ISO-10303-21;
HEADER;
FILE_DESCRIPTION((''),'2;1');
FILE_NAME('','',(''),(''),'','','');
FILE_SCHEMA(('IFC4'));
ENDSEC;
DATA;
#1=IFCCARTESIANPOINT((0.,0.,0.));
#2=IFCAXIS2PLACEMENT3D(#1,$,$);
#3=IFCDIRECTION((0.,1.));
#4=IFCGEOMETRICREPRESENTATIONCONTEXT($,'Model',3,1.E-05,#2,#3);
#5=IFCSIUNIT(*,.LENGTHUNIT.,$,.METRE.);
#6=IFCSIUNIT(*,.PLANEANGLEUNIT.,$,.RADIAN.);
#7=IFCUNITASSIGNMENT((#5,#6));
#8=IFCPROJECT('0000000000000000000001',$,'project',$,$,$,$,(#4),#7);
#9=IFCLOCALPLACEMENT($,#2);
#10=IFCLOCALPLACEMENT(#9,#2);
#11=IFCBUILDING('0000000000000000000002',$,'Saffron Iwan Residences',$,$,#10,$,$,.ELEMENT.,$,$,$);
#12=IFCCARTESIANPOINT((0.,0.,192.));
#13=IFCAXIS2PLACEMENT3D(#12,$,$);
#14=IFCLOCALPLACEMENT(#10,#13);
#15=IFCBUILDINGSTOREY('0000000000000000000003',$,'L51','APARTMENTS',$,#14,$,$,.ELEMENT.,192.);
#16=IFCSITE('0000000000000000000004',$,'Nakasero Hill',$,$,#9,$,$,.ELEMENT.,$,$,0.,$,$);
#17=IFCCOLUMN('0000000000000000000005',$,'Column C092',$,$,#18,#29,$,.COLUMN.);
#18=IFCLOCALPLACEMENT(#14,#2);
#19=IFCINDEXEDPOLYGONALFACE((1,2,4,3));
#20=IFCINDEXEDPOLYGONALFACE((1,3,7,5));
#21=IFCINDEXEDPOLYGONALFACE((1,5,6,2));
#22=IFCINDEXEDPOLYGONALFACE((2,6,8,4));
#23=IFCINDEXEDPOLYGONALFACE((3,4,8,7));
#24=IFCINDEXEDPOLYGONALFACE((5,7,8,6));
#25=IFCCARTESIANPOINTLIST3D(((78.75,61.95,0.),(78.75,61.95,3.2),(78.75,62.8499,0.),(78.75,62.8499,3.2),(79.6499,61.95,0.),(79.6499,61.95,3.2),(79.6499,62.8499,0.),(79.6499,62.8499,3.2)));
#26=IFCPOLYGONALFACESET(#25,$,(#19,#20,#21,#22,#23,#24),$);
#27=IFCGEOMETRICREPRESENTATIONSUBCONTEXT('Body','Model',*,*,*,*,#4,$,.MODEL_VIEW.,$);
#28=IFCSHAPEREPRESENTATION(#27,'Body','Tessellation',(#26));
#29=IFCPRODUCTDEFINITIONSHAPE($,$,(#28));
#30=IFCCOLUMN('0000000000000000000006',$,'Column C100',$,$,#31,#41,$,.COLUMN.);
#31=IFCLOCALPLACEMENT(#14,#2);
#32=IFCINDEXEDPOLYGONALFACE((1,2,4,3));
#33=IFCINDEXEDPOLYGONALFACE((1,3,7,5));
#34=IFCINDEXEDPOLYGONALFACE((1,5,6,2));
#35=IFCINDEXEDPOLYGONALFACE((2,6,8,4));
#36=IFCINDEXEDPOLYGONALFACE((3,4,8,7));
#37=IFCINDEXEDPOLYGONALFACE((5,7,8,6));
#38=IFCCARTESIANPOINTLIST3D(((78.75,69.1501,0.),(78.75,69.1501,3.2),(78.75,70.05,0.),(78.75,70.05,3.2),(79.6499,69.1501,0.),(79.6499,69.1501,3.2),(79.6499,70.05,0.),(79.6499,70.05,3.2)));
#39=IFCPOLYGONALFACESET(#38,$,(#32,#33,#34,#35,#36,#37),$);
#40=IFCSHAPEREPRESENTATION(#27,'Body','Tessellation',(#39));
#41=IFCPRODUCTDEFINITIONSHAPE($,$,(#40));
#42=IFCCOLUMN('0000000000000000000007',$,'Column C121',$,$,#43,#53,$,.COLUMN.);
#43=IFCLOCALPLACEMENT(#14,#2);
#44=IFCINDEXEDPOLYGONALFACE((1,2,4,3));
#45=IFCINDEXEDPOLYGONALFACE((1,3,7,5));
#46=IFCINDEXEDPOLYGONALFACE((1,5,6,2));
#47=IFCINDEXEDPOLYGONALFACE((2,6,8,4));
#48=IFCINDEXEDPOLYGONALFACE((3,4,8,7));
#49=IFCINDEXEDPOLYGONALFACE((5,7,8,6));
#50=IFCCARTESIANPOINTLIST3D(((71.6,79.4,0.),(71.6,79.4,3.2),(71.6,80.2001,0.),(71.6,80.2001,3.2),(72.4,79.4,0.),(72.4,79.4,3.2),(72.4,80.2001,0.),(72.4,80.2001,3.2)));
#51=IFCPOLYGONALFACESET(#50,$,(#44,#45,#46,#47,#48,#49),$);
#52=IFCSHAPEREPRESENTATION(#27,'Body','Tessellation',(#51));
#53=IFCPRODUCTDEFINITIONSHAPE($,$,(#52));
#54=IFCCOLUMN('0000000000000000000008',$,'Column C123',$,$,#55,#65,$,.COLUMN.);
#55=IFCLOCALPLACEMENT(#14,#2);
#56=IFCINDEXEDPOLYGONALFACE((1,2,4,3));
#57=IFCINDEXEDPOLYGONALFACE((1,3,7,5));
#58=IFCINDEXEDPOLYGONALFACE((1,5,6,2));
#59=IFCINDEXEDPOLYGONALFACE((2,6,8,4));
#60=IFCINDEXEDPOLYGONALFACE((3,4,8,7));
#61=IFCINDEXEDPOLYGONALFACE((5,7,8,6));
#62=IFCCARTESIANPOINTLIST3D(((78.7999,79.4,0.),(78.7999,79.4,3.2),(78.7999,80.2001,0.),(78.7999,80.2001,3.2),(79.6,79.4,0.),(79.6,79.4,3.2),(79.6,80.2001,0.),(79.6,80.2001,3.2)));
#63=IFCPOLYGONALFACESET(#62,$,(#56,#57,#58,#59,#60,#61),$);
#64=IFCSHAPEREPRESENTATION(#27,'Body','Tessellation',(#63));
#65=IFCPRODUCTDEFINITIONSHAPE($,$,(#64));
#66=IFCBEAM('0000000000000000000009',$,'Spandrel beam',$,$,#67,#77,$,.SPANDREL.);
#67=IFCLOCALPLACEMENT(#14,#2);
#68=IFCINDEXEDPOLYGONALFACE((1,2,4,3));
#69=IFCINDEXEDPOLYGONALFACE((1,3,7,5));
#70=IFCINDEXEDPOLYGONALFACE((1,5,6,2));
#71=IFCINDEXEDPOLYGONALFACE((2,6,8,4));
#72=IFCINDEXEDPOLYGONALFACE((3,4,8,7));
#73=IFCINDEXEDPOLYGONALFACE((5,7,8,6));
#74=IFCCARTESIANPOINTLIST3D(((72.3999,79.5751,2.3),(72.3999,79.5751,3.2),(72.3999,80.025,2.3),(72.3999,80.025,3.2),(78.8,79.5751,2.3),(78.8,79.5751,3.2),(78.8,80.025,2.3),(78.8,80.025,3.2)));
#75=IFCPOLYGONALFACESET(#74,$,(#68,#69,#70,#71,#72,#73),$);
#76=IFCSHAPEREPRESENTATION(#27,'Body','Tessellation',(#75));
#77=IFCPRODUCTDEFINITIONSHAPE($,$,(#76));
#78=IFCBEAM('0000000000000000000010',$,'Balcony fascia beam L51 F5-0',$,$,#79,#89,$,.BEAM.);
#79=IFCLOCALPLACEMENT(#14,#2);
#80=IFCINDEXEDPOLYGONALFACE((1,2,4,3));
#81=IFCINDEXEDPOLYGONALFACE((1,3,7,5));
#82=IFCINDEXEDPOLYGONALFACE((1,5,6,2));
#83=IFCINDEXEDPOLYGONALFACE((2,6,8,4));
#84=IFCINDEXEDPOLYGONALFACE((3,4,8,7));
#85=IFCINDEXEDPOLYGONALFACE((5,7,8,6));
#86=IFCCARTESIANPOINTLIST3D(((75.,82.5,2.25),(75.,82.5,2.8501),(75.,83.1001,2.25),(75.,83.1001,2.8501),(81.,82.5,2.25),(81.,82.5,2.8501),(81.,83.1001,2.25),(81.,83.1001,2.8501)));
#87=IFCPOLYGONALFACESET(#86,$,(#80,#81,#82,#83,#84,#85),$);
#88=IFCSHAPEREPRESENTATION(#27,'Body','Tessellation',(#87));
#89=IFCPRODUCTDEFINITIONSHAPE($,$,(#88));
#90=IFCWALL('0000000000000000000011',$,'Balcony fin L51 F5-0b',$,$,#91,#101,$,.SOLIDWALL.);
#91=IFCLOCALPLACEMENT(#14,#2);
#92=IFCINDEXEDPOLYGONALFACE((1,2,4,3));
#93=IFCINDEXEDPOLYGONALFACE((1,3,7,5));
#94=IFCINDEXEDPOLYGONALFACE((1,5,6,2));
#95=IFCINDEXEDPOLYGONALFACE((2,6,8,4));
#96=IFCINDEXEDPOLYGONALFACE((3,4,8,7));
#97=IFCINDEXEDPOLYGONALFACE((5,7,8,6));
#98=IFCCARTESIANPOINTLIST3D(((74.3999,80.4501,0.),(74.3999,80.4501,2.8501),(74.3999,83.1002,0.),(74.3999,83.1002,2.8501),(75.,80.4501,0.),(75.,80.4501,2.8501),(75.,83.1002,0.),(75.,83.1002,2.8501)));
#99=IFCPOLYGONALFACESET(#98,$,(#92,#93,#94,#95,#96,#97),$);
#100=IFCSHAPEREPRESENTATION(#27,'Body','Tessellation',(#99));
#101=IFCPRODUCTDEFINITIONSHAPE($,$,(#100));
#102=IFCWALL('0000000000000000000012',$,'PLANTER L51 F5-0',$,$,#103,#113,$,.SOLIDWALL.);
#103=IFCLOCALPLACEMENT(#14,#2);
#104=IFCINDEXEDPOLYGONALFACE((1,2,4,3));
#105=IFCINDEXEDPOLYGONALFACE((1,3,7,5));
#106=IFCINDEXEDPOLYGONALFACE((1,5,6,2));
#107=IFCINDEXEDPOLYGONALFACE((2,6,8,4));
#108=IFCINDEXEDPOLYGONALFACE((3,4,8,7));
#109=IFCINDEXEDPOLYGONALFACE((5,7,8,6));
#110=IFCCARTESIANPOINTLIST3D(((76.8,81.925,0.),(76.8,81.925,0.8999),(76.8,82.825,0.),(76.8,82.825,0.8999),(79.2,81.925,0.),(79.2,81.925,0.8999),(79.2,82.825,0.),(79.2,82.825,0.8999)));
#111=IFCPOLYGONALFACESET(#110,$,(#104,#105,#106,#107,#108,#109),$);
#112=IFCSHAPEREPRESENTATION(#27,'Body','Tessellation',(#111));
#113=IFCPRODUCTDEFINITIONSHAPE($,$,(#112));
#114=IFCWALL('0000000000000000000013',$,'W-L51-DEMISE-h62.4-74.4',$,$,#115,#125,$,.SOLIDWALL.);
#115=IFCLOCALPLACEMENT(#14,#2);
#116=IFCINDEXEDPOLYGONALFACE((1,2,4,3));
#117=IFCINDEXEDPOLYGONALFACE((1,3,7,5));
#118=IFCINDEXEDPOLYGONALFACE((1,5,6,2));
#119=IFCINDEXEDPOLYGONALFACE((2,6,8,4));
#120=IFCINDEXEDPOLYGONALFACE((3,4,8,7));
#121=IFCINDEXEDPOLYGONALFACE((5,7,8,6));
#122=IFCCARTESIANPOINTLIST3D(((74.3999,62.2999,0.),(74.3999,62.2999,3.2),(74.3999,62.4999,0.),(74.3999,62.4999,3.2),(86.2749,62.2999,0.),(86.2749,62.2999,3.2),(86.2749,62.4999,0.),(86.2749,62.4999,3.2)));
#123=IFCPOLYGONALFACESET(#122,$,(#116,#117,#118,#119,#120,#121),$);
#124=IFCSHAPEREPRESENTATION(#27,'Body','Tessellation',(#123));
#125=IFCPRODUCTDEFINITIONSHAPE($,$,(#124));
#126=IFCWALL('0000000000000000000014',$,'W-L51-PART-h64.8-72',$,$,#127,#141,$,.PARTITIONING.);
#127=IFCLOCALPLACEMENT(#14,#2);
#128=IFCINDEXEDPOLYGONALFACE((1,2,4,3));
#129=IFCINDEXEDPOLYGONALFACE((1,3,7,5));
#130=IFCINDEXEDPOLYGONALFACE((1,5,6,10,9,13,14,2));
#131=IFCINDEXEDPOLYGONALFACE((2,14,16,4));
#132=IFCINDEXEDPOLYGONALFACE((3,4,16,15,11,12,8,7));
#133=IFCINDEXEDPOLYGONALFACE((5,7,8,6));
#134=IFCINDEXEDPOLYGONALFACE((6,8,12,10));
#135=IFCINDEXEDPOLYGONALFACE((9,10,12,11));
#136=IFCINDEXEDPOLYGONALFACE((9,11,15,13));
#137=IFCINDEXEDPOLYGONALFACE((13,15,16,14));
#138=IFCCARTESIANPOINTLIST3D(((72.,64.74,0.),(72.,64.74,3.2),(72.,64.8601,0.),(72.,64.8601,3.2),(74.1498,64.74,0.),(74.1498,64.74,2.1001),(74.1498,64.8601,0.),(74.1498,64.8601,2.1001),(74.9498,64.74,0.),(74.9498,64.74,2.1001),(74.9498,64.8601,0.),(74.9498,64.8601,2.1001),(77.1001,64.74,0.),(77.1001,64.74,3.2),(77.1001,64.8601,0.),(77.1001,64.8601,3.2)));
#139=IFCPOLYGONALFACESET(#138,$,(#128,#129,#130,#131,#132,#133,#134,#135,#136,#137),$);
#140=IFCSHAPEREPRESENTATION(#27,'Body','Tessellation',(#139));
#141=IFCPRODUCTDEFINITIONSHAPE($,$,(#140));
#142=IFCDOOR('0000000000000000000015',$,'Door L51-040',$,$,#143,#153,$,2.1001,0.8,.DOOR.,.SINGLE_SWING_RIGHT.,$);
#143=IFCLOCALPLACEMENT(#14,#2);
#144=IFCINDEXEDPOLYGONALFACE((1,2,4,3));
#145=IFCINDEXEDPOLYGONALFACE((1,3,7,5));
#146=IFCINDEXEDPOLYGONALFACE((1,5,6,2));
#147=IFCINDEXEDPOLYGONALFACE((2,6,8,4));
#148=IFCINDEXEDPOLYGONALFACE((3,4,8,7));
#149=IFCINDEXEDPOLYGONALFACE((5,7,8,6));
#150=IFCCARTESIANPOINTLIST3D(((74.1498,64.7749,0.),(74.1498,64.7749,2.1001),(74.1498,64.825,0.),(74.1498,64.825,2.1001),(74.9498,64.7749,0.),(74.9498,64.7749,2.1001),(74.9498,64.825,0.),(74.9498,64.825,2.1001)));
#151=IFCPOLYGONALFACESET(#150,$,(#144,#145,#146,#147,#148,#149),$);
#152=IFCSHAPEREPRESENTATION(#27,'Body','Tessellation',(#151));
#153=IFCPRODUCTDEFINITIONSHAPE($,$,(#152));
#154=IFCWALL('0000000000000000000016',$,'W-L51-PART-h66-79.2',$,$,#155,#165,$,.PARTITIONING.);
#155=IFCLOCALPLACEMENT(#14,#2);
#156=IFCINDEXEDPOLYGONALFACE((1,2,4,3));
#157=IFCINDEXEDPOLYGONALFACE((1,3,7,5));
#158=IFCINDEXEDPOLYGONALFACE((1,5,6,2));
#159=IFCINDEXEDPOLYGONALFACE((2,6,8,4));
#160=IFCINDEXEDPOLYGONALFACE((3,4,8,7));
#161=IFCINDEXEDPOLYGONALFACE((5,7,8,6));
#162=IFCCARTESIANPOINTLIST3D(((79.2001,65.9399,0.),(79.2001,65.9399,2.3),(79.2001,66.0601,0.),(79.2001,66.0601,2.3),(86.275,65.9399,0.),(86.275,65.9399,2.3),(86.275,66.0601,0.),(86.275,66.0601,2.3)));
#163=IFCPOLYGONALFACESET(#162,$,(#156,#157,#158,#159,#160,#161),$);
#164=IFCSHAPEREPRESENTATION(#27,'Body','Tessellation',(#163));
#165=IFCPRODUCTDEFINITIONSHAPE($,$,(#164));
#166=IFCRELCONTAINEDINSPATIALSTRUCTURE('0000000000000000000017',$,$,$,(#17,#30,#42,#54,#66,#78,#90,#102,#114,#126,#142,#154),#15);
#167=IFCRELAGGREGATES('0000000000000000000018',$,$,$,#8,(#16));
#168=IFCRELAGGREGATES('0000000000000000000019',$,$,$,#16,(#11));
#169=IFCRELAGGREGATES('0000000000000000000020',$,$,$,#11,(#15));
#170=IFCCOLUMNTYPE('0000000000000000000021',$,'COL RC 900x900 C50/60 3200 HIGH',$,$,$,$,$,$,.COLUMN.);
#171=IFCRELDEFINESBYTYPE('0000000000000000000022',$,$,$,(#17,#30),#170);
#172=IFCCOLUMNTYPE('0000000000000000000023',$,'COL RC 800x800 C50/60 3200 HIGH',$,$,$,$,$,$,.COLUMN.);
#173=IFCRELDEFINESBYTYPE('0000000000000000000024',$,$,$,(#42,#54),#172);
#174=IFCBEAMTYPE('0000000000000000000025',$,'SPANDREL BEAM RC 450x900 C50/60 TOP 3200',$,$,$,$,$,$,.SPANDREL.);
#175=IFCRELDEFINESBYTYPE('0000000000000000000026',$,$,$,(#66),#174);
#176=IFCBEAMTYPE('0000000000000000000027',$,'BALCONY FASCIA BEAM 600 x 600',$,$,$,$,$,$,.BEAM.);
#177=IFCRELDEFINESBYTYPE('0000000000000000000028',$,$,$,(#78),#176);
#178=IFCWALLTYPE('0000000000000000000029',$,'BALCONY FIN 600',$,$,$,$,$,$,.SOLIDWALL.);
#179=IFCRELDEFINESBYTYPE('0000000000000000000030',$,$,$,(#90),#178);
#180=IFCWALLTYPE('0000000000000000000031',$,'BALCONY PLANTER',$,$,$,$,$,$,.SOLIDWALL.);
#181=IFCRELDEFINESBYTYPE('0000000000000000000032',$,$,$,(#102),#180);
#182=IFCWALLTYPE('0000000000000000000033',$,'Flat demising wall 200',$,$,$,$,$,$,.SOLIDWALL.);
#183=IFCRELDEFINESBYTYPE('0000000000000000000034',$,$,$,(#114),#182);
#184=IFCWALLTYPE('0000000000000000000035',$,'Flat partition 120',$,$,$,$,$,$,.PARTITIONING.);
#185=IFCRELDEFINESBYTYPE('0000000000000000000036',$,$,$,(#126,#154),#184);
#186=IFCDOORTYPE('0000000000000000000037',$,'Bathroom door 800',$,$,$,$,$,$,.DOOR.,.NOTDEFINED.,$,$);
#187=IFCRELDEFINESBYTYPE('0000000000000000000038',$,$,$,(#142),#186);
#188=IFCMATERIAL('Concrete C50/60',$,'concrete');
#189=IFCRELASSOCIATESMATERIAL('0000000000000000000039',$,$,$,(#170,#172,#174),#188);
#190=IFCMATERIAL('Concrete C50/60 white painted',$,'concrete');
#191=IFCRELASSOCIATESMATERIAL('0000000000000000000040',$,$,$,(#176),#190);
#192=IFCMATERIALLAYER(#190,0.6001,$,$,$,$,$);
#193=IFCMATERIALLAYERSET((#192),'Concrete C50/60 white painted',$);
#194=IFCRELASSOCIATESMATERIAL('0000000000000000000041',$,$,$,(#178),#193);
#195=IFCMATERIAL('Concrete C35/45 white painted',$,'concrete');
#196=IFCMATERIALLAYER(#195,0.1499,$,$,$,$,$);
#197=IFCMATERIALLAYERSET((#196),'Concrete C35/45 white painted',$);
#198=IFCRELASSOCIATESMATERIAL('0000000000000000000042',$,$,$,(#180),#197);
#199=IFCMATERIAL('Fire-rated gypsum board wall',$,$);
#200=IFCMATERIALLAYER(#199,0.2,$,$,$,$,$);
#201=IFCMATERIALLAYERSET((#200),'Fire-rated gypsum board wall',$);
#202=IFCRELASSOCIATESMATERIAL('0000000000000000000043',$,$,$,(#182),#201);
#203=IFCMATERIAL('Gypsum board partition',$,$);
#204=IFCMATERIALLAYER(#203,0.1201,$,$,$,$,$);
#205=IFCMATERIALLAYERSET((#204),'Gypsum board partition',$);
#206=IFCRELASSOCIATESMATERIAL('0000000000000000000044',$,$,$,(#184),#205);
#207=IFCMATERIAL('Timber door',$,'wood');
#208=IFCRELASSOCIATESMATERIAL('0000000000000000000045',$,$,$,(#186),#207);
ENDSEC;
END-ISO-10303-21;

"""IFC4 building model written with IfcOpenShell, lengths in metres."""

from ifc_helpers import new_model, si_unit, direction, frame, frame_2d, origin, origin_2d, place, context, subcontext, project, spatial, rectangle, extrude, source, transform, mapped, material, layer, layer_set, material_profile, profile_set, type_object, element, fill, save


model = new_model("IFC4")

# Units and contexts
model_context = context("Model", 3, precision=1e-05, world=origin(), true_north=direction((0.0, 1.0)))
body_context = subcontext(model_context, "Body", "Model", "MODEL_VIEW")
ifc_project = project(units=[si_unit("LENGTHUNIT", "METRE"), si_unit("PLANEANGLEUNIT", "RADIAN")], contexts=[model_context])

# Site, building, storey
site_placement = place(None, origin())
site = spatial("IfcSite", under=ifc_project, at=site_placement, Name="Nakasero Hill", CompositionType="ELEMENT", RefElevation=0.0)
building_placement = place(site_placement, origin())
building = spatial("IfcBuilding", under=site, at=building_placement, Name="Saffron Iwan Residences", CompositionType="ELEMENT")
storey_placement = place(building_placement, frame((0.0, 0.0, 192.0)))
storey = spatial("IfcBuildingStorey", under=building, at=storey_placement, Name="L51", Description="APARTMENTS", CompositionType="ELEMENT", Elevation=192.0)

# Columns
ifc_material_1 = material(Name="Concrete C50/60", Category="concrete")
ifc_material_profile_1 = material_profile(ifc_material_1, rectangle(XDim=0.8999, YDim=0.8999, at=origin_2d()), Name="RC 900x900")
ifc_profile_set_1 = profile_set([ifc_material_profile_1], Name="Concrete C50/60")
column_type_1 = type_object("IfcColumnType", Name="COL RC 900x900 C50/60 3200 HIGH", PredefinedType="COLUMN", material=ifc_profile_set_1)
shared_shape_1 = source(origin(), body_context, "Body", "SweptSolid", [
    extrude(rectangle(XDim=0.8999, YDim=0.8999, at=origin_2d()), origin(), (0.0, 0.0, 1.0), 3.2),
])
for number, where, z_axis, x_axis, name in (
    (1, (79.2, 62.3999, 0.0), (0.0, 0.0, 1.0), (1.0, 0.0, 0.0), "Column C092"),
    (2, (79.2, 69.6001, 0.0), (0.0, 0.0, 1.0), (1.0, 0.0, 0.0), "Column C100"),
):
    element("IfcColumn", number, at=place(storey_placement, frame(where, z_axis=z_axis, x_axis=x_axis)), inside=storey, type_object=column_type_1, Name=name, PredefinedType="COLUMN", context=body_context, shape_type="MappedRepresentation", body=[
        mapped(shared_shape_1, transform((0.0, 0.0, 0.0))),
    ])
ifc_material_profile_2 = material_profile(ifc_material_1, rectangle(XDim=0.8, YDim=0.8, at=origin_2d()), Name="RC 800x800")
ifc_profile_set_2 = profile_set([ifc_material_profile_2], Name="Concrete C50/60")
column_type_2 = type_object("IfcColumnType", Name="COL RC 800x800 C50/60 3200 HIGH", PredefinedType="COLUMN", material=ifc_profile_set_2)
shared_shape_2 = source(origin(), body_context, "Body", "SweptSolid", [
    extrude(rectangle(XDim=0.8, YDim=0.8, at=origin_2d()), origin(), (0.0, 0.0, 1.0), 3.2),
])
for number, where, z_axis, x_axis, name in (
    (3, (72.0, 79.8, 0.0), (0.0, 0.0, 1.0), (1.0, 0.0, 0.0), "Column C121"),
    (4, (79.2, 79.8, 0.0), (0.0, 0.0, 1.0), (1.0, 0.0, 0.0), "Column C123"),
):
    element("IfcColumn", number, at=place(storey_placement, frame(where, z_axis=z_axis, x_axis=x_axis)), inside=storey, type_object=column_type_2, Name=name, PredefinedType="COLUMN", context=body_context, shape_type="MappedRepresentation", body=[
        mapped(shared_shape_2, transform((0.0, 0.0, 0.0))),
    ])

# Beams
ifc_material_profile_3 = material_profile(ifc_material_1, rectangle(XDim=0.45, YDim=0.8999, at=origin_2d()), Name="RC 450x900")
ifc_profile_set_3 = profile_set([ifc_material_profile_3], Name="Concrete C50/60")
beam_type_1 = type_object("IfcBeamType", Name="SPANDREL BEAM RC 450x900 C50/60 TOP 3200", PredefinedType="SPANDREL", material=ifc_profile_set_3)
shared_shape_3 = source(origin(), body_context, "Body", "SweptSolid", [
    extrude(rectangle(XDim=0.45, YDim=0.8999, at=origin_2d()), origin(), (0.0, 0.0, 1.0), 6.4001),
])
beam_1_placement = place(storey_placement, frame((72.3999, 79.8, 2.75), z_axis=(1.0, 0.0, 0.0), x_axis=(0.0, 1.0, 0.0)))
element("IfcBeam", 5, at=beam_1_placement, inside=storey, type_object=beam_type_1, Name="Spandrel beam", PredefinedType="SPANDREL", context=body_context, shape_type="MappedRepresentation", body=[
    mapped(shared_shape_3, transform((0.0, 0.0, 0.0))),
])
ifc_material_2 = material(Name="Concrete C50/60 white painted", Category="concrete")
ifc_material_profile_4 = material_profile(ifc_material_2, rectangle(XDim=0.6001, YDim=0.6001, at=origin_2d()), Name="BALCONY FASCIA BEAM 600 x 600")
ifc_profile_set_4 = profile_set([ifc_material_profile_4], Name="Concrete C50/60 white painted")
beam_type_2 = type_object("IfcBeamType", Name="BALCONY FASCIA BEAM 600 x 600", PredefinedType="BEAM", material=ifc_profile_set_4)
shared_shape_4 = source(origin(), body_context, "Body", "SweptSolid", [
    extrude(rectangle(XDim=0.6001, YDim=0.6001, at=origin_2d()), origin(), (0.0, 0.0, 1.0), 6.0),
])
beam_2_placement = place(storey_placement, frame((81.0, 82.8, 2.55), z_axis=(-1.0, 0.0, 0.0), x_axis=(0.0, -1.0, 0.0)))
element("IfcBeam", 6, at=beam_2_placement, inside=storey, type_object=beam_type_2, Name="Balcony fascia beam L51 F5-0", PredefinedType="BEAM", context=body_context, shape_type="MappedRepresentation", body=[
    mapped(shared_shape_4, transform((0.0, 0.0, 0.0))),
])

# Walls
ifc_layer_1 = layer(ifc_material_2, 0.6001)
ifc_layer_set_1 = layer_set([ifc_layer_1], Name="Concrete C50/60 white painted")
wall_type_1 = type_object("IfcWallType", Name="BALCONY FIN 600", PredefinedType="SOLIDWALL", material=ifc_layer_set_1)
wall_1_placement = place(storey_placement, frame((74.7, 80.45, 0.0), z_axis=(0.0, 0.0, 1.0), x_axis=(0.0, 1.0, 0.0)))
element("IfcWall", 7, at=wall_1_placement, inside=storey, type_object=wall_type_1, Name="Balcony fin L51 F5-0b", PredefinedType="SOLIDWALL", context=body_context, shape_type="SweptSolid", body=[
    extrude(rectangle(XDim=2.6501, YDim=0.6001, at=frame_2d((1.3252, 0.0))), origin(), (0.0, 0.0, 1.0), 2.8501),
])
ifc_material_3 = material(Name="Concrete C35/45 white painted", Category="concrete")
ifc_layer_2 = layer(ifc_material_3, 0.1499)
ifc_layer_set_2 = layer_set([ifc_layer_2], Name="Concrete C35/45 white painted")
wall_type_2 = type_object("IfcWallType", Name="BALCONY PLANTER", PredefinedType="SOLIDWALL", material=ifc_layer_set_2)
wall_2_placement = place(storey_placement, frame((79.2, 82.375, 0.0), z_axis=(0.0, 0.0, 1.0), x_axis=(-1.0, 0.0, 0.0)))
element("IfcWall", 8, at=wall_2_placement, inside=storey, type_object=wall_type_2, Name="PLANTER L51 F5-0", PredefinedType="SOLIDWALL", context=body_context, shape_type="SweptSolid", body=[
    extrude(rectangle(XDim=2.3999, YDim=0.8999, at=frame_2d((1.2, 0.0))), origin(), (0.0, 0.0, 1.0), 0.8999),
])
ifc_material_4 = material(Name="Fire-rated gypsum board wall")
ifc_layer_3 = layer(ifc_material_4, 0.2)
ifc_layer_set_3 = layer_set([ifc_layer_3], Name="Fire-rated gypsum board wall")
wall_type_3 = type_object("IfcWallType", Name="Flat demising wall 200", PredefinedType="SOLIDWALL", material=ifc_layer_set_3)
wall_3_placement = place(storey_placement, frame((74.3999, 62.3999, 0.0), z_axis=(0.0, 0.0, 1.0), x_axis=(1.0, 0.0, 0.0)))
element("IfcWall", 9, at=wall_3_placement, inside=storey, type_object=wall_type_3, Name="W-L51-DEMISE-h62.4-74.4", PredefinedType="SOLIDWALL", context=body_context, shape_type="SweptSolid", body=[
    extrude(rectangle(XDim=11.875, YDim=0.2, at=frame_2d((5.9375, 0.0))), origin(), (0.0, 0.0, 1.0), 3.2),
])

# Wall, opening, door
ifc_material_5 = material(Name="Gypsum board partition")
ifc_layer_4 = layer(ifc_material_5, 0.1201)
ifc_layer_set_4 = layer_set([ifc_layer_4], Name="Gypsum board partition")
wall_type_4 = type_object("IfcWallType", Name="Flat partition 120", PredefinedType="PARTITIONING", material=ifc_layer_set_4)
wall_4_placement = place(storey_placement, frame((72.0, 64.8, 0.0), z_axis=(0.0, 0.0, 1.0), x_axis=(1.0, 0.0, 0.0)))
wall_4 = element("IfcWall", 10, at=wall_4_placement, inside=storey, type_object=wall_type_4, Name="W-L51-PART-h64.8-72", PredefinedType="PARTITIONING", context=body_context, shape_type="SweptSolid", body=[
    extrude(rectangle(XDim=5.1001, YDim=0.1201, at=frame_2d((2.55, 0.0))), origin(), (0.0, 0.0, 1.0), 3.2),
])
opening_1_placement = place(wall_4_placement, frame((2.1499, 0.0, 0.0)))
opening_1 = element("IfcOpeningElement", 11, at=opening_1_placement, cuts=wall_4, PredefinedType="OPENING", context=body_context, shape_type="SweptSolid", body=[
    extrude(rectangle(XDim=0.8, YDim=2.1001, at=frame_2d((0.3999, 1.05))), frame((0.0, 0.0701, 0.0), z_axis=(0.0, -1.0, 0.0), x_axis=(1.0, 0.0, 0.0)), (0.0, 0.0, 1.0), 0.1401),
])
ifc_material_6 = material(Name="Timber door", Category="wood")
door_type_1 = type_object("IfcDoorType", Name="Bathroom door 800", OperationType="NOTDEFINED", PredefinedType="DOOR", material=ifc_material_6)
door_1_placement = place(opening_1_placement, origin())
door_1 = element("IfcDoor", 12, at=door_1_placement, inside=storey, type_object=door_type_1, Name="Door L51-040", OperationType="SINGLE_SWING_RIGHT", OverallHeight=2.1001, OverallWidth=0.8, PredefinedType="DOOR", context=body_context, shape_type="SweptSolid", body=[
    extrude(rectangle(XDim=0.8, YDim=2.1001, at=frame_2d((0.3999, 1.05))), frame((0.0, 0.0249, 0.0), z_axis=(0.0, -1.0, 0.0), x_axis=(1.0, 0.0, 0.0)), (0.0, 0.0, 1.0), 0.05),
])
fill(opening_1, door_1)

# Wall
wall_5_placement = place(storey_placement, frame((79.2, 66.0, 0.0), z_axis=(0.0, 0.0, 1.0), x_axis=(1.0, 0.0, 0.0)))
element("IfcWall", 13, at=wall_5_placement, inside=storey, type_object=wall_type_4, Name="W-L51-PART-h66-79.2", PredefinedType="PARTITIONING", context=body_context, shape_type="SweptSolid", body=[
    extrude(rectangle(XDim=7.075, YDim=0.1201, at=frame_2d((3.5376, 0.0))), origin(), (0.0, 0.0, 1.0), 2.3),
])

save(model, "model.ifc")
